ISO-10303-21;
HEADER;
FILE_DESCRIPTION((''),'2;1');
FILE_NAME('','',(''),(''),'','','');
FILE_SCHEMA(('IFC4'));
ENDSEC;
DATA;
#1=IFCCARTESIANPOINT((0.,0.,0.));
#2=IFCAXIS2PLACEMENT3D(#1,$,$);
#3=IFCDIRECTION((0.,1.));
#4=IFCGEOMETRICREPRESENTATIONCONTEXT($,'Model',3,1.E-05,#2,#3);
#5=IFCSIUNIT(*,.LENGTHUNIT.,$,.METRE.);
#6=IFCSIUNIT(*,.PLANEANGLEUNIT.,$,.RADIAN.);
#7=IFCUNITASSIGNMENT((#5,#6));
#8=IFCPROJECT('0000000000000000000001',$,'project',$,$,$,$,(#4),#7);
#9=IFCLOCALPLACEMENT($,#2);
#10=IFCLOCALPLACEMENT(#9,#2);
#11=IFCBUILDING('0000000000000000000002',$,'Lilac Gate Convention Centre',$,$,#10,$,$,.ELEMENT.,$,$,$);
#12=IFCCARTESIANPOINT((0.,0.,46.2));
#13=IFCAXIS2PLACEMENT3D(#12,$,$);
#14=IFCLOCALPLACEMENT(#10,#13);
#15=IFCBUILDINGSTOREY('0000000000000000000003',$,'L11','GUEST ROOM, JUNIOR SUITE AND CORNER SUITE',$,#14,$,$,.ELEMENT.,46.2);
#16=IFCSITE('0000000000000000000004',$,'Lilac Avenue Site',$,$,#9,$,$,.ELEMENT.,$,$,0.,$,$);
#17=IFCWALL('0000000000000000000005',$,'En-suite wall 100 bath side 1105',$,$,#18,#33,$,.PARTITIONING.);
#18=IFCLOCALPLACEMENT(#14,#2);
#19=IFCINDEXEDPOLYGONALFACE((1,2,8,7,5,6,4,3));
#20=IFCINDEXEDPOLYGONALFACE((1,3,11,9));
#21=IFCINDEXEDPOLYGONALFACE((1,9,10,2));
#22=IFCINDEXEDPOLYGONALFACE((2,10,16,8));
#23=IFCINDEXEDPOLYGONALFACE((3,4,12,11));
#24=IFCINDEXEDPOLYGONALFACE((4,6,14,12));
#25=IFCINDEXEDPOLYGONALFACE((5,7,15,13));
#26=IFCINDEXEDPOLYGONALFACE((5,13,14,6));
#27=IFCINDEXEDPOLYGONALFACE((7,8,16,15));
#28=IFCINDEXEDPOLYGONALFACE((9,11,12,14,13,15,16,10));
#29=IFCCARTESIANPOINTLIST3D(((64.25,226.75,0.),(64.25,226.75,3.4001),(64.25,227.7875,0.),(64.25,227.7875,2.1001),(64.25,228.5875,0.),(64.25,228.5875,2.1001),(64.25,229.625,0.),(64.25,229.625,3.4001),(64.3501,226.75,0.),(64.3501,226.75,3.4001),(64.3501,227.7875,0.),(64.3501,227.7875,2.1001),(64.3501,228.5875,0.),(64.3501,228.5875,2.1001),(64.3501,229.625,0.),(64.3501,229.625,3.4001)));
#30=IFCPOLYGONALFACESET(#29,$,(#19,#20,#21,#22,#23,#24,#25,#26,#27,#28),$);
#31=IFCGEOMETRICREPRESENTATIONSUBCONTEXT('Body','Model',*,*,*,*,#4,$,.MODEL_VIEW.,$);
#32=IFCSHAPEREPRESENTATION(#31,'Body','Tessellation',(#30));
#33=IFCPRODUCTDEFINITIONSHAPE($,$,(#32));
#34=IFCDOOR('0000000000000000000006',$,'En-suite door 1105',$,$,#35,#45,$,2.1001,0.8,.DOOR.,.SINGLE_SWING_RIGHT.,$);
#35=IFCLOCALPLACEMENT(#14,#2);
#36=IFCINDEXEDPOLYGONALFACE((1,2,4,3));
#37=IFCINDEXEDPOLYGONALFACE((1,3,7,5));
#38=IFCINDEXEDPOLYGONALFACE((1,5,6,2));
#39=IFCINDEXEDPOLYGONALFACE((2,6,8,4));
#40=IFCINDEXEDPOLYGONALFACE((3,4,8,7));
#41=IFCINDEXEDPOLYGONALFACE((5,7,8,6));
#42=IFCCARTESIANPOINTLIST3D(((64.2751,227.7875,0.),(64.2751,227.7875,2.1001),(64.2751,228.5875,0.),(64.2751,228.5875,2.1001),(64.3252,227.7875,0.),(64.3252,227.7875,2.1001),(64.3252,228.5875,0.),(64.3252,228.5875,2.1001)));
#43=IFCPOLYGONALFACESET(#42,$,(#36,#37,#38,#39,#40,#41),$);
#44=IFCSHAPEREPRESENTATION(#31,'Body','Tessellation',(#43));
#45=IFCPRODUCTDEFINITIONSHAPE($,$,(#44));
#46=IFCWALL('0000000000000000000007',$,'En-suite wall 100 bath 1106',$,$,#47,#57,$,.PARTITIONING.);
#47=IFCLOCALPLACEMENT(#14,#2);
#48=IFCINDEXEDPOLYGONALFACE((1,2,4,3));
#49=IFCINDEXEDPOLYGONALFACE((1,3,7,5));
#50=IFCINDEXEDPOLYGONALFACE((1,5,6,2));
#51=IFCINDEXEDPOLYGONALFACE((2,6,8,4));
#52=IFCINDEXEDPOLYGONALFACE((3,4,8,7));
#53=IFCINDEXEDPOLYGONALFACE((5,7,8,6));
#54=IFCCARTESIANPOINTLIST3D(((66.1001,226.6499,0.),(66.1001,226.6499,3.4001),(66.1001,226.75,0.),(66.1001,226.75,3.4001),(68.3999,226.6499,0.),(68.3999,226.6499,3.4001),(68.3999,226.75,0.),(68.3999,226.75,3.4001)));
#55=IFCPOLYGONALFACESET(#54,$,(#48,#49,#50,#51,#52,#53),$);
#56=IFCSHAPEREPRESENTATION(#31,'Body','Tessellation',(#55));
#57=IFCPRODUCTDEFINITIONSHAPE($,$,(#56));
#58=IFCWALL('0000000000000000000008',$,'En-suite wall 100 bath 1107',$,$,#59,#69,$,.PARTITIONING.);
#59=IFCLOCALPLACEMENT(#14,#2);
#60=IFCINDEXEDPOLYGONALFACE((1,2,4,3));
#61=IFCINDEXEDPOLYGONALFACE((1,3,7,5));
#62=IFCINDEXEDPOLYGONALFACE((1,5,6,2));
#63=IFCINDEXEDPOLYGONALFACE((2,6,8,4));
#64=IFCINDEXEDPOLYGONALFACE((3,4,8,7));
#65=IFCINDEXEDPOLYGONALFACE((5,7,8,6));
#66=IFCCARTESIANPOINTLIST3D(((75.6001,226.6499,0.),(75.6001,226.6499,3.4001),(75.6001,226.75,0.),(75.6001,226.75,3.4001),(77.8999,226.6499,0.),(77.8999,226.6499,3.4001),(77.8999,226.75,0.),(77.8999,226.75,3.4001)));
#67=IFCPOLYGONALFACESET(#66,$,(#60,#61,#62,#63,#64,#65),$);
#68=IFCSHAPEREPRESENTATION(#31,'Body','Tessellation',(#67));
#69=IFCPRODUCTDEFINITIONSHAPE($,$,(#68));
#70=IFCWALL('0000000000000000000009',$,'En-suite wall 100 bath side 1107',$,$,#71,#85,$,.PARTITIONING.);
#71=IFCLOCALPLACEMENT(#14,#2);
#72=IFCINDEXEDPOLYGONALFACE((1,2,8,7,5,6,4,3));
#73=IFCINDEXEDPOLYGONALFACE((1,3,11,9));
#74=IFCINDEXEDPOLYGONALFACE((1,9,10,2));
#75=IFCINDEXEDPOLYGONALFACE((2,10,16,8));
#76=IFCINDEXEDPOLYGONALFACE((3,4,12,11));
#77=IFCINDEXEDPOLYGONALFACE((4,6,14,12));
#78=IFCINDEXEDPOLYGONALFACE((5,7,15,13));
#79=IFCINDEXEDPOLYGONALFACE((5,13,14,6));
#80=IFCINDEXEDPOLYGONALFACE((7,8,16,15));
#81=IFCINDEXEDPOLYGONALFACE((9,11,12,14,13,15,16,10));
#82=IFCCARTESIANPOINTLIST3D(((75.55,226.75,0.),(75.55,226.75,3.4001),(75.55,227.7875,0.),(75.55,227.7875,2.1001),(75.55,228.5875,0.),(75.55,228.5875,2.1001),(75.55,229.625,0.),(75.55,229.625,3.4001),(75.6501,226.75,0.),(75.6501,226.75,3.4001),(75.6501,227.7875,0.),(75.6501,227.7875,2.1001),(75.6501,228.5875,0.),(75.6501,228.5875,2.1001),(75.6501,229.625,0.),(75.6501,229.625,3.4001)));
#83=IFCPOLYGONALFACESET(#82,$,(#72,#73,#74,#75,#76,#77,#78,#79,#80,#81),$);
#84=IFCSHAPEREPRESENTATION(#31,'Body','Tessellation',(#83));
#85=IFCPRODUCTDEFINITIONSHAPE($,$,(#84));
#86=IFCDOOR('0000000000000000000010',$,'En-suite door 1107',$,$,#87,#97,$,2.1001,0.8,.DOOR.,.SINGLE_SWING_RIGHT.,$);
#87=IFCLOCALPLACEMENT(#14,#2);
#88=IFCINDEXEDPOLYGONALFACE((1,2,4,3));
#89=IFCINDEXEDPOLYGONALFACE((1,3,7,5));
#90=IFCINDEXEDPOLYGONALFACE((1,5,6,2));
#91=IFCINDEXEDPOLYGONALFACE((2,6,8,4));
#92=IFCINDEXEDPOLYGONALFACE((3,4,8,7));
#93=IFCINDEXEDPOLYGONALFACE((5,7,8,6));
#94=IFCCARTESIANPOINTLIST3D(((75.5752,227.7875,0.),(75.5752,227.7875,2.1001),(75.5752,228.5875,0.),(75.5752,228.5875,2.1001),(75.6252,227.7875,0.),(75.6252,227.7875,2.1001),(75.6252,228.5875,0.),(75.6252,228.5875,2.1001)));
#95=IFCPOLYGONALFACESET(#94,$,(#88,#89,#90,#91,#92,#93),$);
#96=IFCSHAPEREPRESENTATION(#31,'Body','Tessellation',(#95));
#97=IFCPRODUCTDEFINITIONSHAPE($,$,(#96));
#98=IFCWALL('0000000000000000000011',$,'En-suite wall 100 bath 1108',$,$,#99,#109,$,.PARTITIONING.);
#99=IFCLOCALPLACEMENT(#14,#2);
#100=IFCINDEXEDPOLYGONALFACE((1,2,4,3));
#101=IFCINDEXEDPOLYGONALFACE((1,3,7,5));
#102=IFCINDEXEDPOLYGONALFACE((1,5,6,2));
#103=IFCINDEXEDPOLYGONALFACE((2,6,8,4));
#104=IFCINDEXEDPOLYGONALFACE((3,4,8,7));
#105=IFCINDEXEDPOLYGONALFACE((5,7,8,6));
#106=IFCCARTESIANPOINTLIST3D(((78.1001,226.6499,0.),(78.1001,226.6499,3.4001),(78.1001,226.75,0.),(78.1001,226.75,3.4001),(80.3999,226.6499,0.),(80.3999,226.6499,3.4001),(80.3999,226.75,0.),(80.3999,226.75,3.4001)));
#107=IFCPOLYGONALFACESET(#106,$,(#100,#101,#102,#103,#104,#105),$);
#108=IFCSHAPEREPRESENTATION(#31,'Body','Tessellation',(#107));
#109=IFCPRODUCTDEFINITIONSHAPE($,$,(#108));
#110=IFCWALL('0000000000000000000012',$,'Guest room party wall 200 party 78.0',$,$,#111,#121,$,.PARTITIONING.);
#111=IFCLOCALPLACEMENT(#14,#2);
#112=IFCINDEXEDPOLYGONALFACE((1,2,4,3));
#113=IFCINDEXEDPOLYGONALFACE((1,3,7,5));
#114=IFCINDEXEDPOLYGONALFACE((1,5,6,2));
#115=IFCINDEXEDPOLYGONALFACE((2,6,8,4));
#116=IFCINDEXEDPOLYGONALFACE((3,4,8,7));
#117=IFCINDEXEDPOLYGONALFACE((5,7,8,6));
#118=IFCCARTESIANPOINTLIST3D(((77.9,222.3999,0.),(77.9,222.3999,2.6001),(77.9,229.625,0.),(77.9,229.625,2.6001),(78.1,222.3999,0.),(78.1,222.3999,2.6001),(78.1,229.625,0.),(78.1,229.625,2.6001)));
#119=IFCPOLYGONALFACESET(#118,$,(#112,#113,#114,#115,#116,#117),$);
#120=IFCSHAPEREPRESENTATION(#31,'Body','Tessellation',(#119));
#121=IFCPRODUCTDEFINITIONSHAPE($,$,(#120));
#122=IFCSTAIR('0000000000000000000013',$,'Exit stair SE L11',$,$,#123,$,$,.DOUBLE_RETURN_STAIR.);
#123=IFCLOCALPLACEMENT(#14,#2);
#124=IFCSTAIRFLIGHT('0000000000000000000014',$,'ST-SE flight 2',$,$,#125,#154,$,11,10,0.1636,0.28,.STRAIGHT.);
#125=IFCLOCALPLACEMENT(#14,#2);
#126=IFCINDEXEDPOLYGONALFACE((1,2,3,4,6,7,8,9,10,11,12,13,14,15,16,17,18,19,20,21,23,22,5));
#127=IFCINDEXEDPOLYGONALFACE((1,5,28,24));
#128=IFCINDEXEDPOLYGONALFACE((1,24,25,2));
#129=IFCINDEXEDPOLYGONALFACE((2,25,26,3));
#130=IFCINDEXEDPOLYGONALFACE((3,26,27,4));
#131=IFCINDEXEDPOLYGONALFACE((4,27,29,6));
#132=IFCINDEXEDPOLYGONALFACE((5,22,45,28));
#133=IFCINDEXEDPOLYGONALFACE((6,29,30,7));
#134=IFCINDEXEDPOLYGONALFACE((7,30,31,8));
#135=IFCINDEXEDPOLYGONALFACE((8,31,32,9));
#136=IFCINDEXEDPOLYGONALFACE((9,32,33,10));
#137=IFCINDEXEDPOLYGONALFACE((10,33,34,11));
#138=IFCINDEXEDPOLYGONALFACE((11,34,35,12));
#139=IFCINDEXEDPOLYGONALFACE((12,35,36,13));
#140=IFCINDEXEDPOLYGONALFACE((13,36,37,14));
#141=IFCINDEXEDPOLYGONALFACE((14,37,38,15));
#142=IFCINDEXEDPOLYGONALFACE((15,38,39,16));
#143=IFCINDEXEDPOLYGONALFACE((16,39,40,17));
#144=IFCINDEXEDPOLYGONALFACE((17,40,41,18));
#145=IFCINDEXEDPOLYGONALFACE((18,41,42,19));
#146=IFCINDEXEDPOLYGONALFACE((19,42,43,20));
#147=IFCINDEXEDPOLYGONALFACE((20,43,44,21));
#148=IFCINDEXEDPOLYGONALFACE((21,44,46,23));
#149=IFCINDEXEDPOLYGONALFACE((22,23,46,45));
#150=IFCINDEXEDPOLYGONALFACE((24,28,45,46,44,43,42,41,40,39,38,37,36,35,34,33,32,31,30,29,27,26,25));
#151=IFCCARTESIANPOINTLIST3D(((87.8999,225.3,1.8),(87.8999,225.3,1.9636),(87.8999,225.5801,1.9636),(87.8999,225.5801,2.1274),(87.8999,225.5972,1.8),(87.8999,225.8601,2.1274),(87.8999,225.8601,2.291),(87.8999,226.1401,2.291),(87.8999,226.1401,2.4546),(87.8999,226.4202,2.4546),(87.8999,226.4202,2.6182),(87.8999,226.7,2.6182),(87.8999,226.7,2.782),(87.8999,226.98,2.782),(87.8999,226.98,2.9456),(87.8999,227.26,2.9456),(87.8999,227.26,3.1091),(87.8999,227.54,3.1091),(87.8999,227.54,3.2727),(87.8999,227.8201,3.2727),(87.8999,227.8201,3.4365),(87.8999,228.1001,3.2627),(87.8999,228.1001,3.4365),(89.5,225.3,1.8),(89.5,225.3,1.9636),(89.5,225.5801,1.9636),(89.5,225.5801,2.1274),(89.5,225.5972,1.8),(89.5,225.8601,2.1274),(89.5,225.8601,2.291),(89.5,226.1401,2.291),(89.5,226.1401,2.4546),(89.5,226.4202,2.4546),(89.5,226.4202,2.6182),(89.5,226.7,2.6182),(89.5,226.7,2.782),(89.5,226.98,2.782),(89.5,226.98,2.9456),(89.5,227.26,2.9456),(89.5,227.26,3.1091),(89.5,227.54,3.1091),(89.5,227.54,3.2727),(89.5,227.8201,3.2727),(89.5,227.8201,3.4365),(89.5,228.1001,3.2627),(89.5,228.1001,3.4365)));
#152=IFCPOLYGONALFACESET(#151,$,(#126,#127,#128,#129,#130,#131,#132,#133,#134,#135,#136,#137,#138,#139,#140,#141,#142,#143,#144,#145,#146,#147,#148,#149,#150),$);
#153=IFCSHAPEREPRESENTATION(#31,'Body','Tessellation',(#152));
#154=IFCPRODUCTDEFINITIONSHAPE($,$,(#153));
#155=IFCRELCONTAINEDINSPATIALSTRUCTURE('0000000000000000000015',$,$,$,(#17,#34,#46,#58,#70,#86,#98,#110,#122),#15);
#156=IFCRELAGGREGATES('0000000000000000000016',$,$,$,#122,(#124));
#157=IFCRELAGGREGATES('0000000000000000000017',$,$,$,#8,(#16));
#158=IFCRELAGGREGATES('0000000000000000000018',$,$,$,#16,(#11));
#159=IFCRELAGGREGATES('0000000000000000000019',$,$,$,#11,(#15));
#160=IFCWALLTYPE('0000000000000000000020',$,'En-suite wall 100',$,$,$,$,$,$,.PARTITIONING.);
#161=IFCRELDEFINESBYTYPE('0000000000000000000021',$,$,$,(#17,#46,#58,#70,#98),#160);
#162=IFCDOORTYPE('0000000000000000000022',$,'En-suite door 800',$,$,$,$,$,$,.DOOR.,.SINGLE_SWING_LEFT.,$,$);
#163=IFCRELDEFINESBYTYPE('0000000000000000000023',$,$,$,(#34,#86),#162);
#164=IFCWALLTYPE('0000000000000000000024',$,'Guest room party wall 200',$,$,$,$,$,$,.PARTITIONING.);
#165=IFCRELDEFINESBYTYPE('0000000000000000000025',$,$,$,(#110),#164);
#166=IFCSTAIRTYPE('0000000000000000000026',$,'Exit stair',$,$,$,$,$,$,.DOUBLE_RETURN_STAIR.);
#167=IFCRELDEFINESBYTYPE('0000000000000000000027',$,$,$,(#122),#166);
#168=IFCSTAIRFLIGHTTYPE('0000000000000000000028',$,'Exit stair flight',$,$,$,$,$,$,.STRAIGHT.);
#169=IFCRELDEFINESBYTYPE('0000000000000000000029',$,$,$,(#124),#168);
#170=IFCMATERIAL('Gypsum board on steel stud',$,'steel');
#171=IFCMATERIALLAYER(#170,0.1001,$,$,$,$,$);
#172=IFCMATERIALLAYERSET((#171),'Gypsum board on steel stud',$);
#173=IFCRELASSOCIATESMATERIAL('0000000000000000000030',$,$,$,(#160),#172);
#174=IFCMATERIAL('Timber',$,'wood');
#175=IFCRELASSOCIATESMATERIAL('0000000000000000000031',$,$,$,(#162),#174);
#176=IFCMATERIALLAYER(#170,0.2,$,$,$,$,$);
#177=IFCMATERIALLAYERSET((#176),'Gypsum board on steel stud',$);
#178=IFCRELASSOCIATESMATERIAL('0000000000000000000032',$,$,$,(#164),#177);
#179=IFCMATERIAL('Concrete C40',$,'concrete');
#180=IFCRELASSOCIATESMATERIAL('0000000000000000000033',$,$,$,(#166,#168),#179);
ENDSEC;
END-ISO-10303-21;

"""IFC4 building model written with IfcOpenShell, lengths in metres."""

from ifc_helpers import new_model, si_unit, direction, frame, frame_2d, origin, place, context, subcontext, project, spatial, polyline, rectangle, outline, extrude, material, layer, layer_set, type_object, element, fill, aggregate, save


model = new_model("IFC4")

# Units and contexts
model_context = context("Model", 3, precision=1e-05, world=origin(), true_north=direction((0.0, 1.0)))
body_context = subcontext(model_context, "Body", "Model", "MODEL_VIEW")
ifc_project = project(units=[si_unit("LENGTHUNIT", "METRE"), si_unit("PLANEANGLEUNIT", "RADIAN")], contexts=[model_context])

# Site, building, storey
site_placement = place(None, origin())
site = spatial("IfcSite", under=ifc_project, at=site_placement, Name="Lilac Avenue Site", CompositionType="ELEMENT", RefElevation=0.0)
building_placement = place(site_placement, origin())
building = spatial("IfcBuilding", under=site, at=building_placement, Name="Lilac Gate Convention Centre", CompositionType="ELEMENT")
storey_placement = place(building_placement, frame((0.0, 0.0, 46.2)))
storey = spatial("IfcBuildingStorey", under=building, at=storey_placement, Name="L11", Description="GUEST ROOM, JUNIOR SUITE AND CORNER SUITE", CompositionType="ELEMENT", Elevation=46.2)

# Shared definitions
ifc_material_1 = material(Name="Gypsum board on steel stud", Category="steel")
ifc_layer_1 = layer(ifc_material_1, 0.1001)
ifc_layer_set_1 = layer_set([ifc_layer_1], Name="Gypsum board on steel stud")
wall_type_1 = type_object("IfcWallType", Name="En-suite wall 100", PredefinedType="PARTITIONING", material=ifc_layer_set_1)

# Shared definitions
ifc_material_2 = material(Name="Timber", Category="wood")
door_type = type_object("IfcDoorType", Name="En-suite door 800", OperationType="SINGLE_SWING_LEFT", PredefinedType="DOOR", material=ifc_material_2)

# Wall, opening, door
wall_1_placement = place(storey_placement, frame((64.3, 226.75, 0.0), z_axis=(0.0, 0.0, 1.0), x_axis=(0.0, 1.0, 0.0)))
wall_1 = element("IfcWall", 1, at=wall_1_placement, inside=storey, type_object=wall_type_1, Name="En-suite wall 100 bath side 1105", PredefinedType="PARTITIONING", context=body_context, shape_type="SweptSolid", body=[
    extrude(rectangle(XDim=2.875, YDim=0.1001, at=frame_2d((1.4375, 0.0))), origin(), (0.0, 0.0, 1.0), 3.4001),
])
opening_1_placement = place(wall_1_placement, frame((1.0376, 0.0, 0.0)))
opening_1 = element("IfcOpeningElement", 2, at=opening_1_placement, cuts=wall_1, PredefinedType="OPENING", context=body_context, shape_type="SweptSolid", body=[
    extrude(rectangle(XDim=0.8, YDim=2.1001, at=frame_2d((0.3999, 1.05))), frame((0.0, 0.0601, 0.0), z_axis=(0.0, -1.0, 0.0), x_axis=(1.0, 0.0, 0.0)), (0.0, 0.0, 1.0), 0.1201),
])
door_1_placement = place(opening_1_placement, origin())
door_1 = element("IfcDoor", 3, at=door_1_placement, inside=storey, type_object=door_type, Name="En-suite door 1105", OperationType="SINGLE_SWING_RIGHT", OverallHeight=2.1001, OverallWidth=0.8, PredefinedType="DOOR", context=body_context, shape_type="SweptSolid", body=[
    extrude(rectangle(XDim=0.8, YDim=2.1001, at=frame_2d((0.3999, 1.05))), frame((0.0, 0.0249, 0.0), z_axis=(0.0, -1.0, 0.0), x_axis=(1.0, 0.0, 0.0)), (0.0, 0.0, 1.0), 0.05),
])
fill(opening_1, door_1)

# Walls
for number, where, z_axis, x_axis, name in (
    (4, (66.1001, 226.7, 0.0), (0.0, 0.0, 1.0), (1.0, 0.0, 0.0), "En-suite wall 100 bath 1106"),
    (5, (75.6001, 226.7, 0.0), (0.0, 0.0, 1.0), (1.0, 0.0, 0.0), "En-suite wall 100 bath 1107"),
):
    element("IfcWall", number, at=place(storey_placement, frame(where, z_axis=z_axis, x_axis=x_axis)), inside=storey, type_object=wall_type_1, Name=name, PredefinedType="PARTITIONING", context=body_context, shape_type="SweptSolid", body=[
        extrude(rectangle(XDim=2.2998, YDim=0.1001, at=frame_2d((1.1499, 0.0))), origin(), (0.0, 0.0, 1.0), 3.4001),
    ])

# Wall, opening, door
wall_2_placement = place(storey_placement, frame((75.6001, 226.75, 0.0), z_axis=(0.0, 0.0, 1.0), x_axis=(0.0, 1.0, 0.0)))
wall_2 = element("IfcWall", 6, at=wall_2_placement, inside=storey, type_object=wall_type_1, Name="En-suite wall 100 bath side 1107", PredefinedType="PARTITIONING", context=body_context, shape_type="SweptSolid", body=[
    extrude(rectangle(XDim=2.875, YDim=0.1001, at=frame_2d((1.4375, 0.0))), origin(), (0.0, 0.0, 1.0), 3.4001),
])
opening_2_placement = place(wall_2_placement, frame((1.0376, 0.0, 0.0)))
opening_2 = element("IfcOpeningElement", 7, at=opening_2_placement, cuts=wall_2, PredefinedType="OPENING", context=body_context, shape_type="SweptSolid", body=[
    extrude(rectangle(XDim=0.8, YDim=2.1001, at=frame_2d((0.3999, 1.05))), frame((0.0, 0.0601, 0.0), z_axis=(0.0, -1.0, 0.0), x_axis=(1.0, 0.0, 0.0)), (0.0, 0.0, 1.0), 0.1201),
])
door_2_placement = place(opening_2_placement, origin())
door_2 = element("IfcDoor", 8, at=door_2_placement, inside=storey, type_object=door_type, Name="En-suite door 1107", OperationType="SINGLE_SWING_RIGHT", OverallHeight=2.1001, OverallWidth=0.8, PredefinedType="DOOR", context=body_context, shape_type="SweptSolid", body=[
    extrude(rectangle(XDim=0.8, YDim=2.1001, at=frame_2d((0.3999, 1.05))), frame((0.0, 0.0249, 0.0), z_axis=(0.0, -1.0, 0.0), x_axis=(1.0, 0.0, 0.0)), (0.0, 0.0, 1.0), 0.05),
])
fill(opening_2, door_2)

# Walls
wall_3_placement = place(storey_placement, frame((78.1001, 226.7, 0.0), z_axis=(0.0, 0.0, 1.0), x_axis=(1.0, 0.0, 0.0)))
element("IfcWall", 9, at=wall_3_placement, inside=storey, type_object=wall_type_1, Name="En-suite wall 100 bath 1108", PredefinedType="PARTITIONING", context=body_context, shape_type="SweptSolid", body=[
    extrude(rectangle(XDim=2.2998, YDim=0.1001, at=frame_2d((1.1499, 0.0))), origin(), (0.0, 0.0, 1.0), 3.4001),
])
ifc_layer_2 = layer(ifc_material_1, 0.2)
ifc_layer_set_2 = layer_set([ifc_layer_2], Name="Gypsum board on steel stud")
wall_type_2 = type_object("IfcWallType", Name="Guest room party wall 200", PredefinedType="PARTITIONING", material=ifc_layer_set_2)
wall_4_placement = place(storey_placement, frame((78.0, 222.3999, 0.0), z_axis=(0.0, 0.0, 1.0), x_axis=(0.0, 1.0, 0.0)))
element("IfcWall", 10, at=wall_4_placement, inside=storey, type_object=wall_type_2, Name="Guest room party wall 200 party 78.0", PredefinedType="PARTITIONING", context=body_context, shape_type="SweptSolid", body=[
    extrude(rectangle(XDim=7.2251, YDim=0.2, at=frame_2d((3.6125, 0.0))), origin(), (0.0, 0.0, 1.0), 2.6001),
])

# Stair, stair flight
ifc_material_3 = material(Name="Concrete C40", Category="concrete")
stair_type = type_object("IfcStairType", Name="Exit stair", PredefinedType="DOUBLE_RETURN_STAIR", material=ifc_material_3)
stair_placement = place(storey_placement, origin())
stair = element("IfcStair", 11, at=stair_placement, inside=storey, type_object=stair_type, Name="Exit stair SE L11", PredefinedType="DOUBLE_RETURN_STAIR")
stair_flight_type = type_object("IfcStairFlightType", Name="Exit stair flight", PredefinedType="STRAIGHT", material=ifc_material_3)
stair_flight_placement = place(storey_placement, frame((88.7, 225.3, 1.8), z_axis=(0.0, 0.0, 1.0), x_axis=(0.0, 1.0, 0.0)))
stair_flight = element("IfcStairFlight", 12, at=stair_flight_placement, type_object=stair_flight_type, Name="ST-SE flight 2", NumberOfRisers=11, NumberOfTreads=10, PredefinedType="STRAIGHT", RiserHeight=0.1636, TreadLength=0.28, context=body_context, shape_type="SweptSolid", body=[
    extrude(outline(polyline([(0.0, 0.0), (0.0, 0.1636), (0.28, 0.1636), (0.28, 0.3274), (0.5601, 0.3274), (0.5601, 0.491), (0.8401, 0.491), (0.8401, 0.6545), (1.1201, 0.6545), (1.1201, 0.8181), (1.3999, 0.8181), (1.3999, 0.9819), (1.6799, 0.9819), (1.6799, 1.1455), (1.96, 1.1455), (1.96, 1.3091), (2.24, 1.3091), (2.24, 1.4727), (2.52, 1.4727), (2.52, 1.6365), (2.8, 1.6365), (2.8, 1.8), (2.8, 1.4626), (0.2971, 0.0), (0.0, 0.0)])), frame((0.0, 0.8, 0.0), z_axis=(0.0, -1.0, 0.0), x_axis=(1.0, 0.0, 0.0)), (0.0, 0.0, 1.0), 1.6001),
])
aggregate(stair, [stair_flight])

save(model, "model.ifc")
